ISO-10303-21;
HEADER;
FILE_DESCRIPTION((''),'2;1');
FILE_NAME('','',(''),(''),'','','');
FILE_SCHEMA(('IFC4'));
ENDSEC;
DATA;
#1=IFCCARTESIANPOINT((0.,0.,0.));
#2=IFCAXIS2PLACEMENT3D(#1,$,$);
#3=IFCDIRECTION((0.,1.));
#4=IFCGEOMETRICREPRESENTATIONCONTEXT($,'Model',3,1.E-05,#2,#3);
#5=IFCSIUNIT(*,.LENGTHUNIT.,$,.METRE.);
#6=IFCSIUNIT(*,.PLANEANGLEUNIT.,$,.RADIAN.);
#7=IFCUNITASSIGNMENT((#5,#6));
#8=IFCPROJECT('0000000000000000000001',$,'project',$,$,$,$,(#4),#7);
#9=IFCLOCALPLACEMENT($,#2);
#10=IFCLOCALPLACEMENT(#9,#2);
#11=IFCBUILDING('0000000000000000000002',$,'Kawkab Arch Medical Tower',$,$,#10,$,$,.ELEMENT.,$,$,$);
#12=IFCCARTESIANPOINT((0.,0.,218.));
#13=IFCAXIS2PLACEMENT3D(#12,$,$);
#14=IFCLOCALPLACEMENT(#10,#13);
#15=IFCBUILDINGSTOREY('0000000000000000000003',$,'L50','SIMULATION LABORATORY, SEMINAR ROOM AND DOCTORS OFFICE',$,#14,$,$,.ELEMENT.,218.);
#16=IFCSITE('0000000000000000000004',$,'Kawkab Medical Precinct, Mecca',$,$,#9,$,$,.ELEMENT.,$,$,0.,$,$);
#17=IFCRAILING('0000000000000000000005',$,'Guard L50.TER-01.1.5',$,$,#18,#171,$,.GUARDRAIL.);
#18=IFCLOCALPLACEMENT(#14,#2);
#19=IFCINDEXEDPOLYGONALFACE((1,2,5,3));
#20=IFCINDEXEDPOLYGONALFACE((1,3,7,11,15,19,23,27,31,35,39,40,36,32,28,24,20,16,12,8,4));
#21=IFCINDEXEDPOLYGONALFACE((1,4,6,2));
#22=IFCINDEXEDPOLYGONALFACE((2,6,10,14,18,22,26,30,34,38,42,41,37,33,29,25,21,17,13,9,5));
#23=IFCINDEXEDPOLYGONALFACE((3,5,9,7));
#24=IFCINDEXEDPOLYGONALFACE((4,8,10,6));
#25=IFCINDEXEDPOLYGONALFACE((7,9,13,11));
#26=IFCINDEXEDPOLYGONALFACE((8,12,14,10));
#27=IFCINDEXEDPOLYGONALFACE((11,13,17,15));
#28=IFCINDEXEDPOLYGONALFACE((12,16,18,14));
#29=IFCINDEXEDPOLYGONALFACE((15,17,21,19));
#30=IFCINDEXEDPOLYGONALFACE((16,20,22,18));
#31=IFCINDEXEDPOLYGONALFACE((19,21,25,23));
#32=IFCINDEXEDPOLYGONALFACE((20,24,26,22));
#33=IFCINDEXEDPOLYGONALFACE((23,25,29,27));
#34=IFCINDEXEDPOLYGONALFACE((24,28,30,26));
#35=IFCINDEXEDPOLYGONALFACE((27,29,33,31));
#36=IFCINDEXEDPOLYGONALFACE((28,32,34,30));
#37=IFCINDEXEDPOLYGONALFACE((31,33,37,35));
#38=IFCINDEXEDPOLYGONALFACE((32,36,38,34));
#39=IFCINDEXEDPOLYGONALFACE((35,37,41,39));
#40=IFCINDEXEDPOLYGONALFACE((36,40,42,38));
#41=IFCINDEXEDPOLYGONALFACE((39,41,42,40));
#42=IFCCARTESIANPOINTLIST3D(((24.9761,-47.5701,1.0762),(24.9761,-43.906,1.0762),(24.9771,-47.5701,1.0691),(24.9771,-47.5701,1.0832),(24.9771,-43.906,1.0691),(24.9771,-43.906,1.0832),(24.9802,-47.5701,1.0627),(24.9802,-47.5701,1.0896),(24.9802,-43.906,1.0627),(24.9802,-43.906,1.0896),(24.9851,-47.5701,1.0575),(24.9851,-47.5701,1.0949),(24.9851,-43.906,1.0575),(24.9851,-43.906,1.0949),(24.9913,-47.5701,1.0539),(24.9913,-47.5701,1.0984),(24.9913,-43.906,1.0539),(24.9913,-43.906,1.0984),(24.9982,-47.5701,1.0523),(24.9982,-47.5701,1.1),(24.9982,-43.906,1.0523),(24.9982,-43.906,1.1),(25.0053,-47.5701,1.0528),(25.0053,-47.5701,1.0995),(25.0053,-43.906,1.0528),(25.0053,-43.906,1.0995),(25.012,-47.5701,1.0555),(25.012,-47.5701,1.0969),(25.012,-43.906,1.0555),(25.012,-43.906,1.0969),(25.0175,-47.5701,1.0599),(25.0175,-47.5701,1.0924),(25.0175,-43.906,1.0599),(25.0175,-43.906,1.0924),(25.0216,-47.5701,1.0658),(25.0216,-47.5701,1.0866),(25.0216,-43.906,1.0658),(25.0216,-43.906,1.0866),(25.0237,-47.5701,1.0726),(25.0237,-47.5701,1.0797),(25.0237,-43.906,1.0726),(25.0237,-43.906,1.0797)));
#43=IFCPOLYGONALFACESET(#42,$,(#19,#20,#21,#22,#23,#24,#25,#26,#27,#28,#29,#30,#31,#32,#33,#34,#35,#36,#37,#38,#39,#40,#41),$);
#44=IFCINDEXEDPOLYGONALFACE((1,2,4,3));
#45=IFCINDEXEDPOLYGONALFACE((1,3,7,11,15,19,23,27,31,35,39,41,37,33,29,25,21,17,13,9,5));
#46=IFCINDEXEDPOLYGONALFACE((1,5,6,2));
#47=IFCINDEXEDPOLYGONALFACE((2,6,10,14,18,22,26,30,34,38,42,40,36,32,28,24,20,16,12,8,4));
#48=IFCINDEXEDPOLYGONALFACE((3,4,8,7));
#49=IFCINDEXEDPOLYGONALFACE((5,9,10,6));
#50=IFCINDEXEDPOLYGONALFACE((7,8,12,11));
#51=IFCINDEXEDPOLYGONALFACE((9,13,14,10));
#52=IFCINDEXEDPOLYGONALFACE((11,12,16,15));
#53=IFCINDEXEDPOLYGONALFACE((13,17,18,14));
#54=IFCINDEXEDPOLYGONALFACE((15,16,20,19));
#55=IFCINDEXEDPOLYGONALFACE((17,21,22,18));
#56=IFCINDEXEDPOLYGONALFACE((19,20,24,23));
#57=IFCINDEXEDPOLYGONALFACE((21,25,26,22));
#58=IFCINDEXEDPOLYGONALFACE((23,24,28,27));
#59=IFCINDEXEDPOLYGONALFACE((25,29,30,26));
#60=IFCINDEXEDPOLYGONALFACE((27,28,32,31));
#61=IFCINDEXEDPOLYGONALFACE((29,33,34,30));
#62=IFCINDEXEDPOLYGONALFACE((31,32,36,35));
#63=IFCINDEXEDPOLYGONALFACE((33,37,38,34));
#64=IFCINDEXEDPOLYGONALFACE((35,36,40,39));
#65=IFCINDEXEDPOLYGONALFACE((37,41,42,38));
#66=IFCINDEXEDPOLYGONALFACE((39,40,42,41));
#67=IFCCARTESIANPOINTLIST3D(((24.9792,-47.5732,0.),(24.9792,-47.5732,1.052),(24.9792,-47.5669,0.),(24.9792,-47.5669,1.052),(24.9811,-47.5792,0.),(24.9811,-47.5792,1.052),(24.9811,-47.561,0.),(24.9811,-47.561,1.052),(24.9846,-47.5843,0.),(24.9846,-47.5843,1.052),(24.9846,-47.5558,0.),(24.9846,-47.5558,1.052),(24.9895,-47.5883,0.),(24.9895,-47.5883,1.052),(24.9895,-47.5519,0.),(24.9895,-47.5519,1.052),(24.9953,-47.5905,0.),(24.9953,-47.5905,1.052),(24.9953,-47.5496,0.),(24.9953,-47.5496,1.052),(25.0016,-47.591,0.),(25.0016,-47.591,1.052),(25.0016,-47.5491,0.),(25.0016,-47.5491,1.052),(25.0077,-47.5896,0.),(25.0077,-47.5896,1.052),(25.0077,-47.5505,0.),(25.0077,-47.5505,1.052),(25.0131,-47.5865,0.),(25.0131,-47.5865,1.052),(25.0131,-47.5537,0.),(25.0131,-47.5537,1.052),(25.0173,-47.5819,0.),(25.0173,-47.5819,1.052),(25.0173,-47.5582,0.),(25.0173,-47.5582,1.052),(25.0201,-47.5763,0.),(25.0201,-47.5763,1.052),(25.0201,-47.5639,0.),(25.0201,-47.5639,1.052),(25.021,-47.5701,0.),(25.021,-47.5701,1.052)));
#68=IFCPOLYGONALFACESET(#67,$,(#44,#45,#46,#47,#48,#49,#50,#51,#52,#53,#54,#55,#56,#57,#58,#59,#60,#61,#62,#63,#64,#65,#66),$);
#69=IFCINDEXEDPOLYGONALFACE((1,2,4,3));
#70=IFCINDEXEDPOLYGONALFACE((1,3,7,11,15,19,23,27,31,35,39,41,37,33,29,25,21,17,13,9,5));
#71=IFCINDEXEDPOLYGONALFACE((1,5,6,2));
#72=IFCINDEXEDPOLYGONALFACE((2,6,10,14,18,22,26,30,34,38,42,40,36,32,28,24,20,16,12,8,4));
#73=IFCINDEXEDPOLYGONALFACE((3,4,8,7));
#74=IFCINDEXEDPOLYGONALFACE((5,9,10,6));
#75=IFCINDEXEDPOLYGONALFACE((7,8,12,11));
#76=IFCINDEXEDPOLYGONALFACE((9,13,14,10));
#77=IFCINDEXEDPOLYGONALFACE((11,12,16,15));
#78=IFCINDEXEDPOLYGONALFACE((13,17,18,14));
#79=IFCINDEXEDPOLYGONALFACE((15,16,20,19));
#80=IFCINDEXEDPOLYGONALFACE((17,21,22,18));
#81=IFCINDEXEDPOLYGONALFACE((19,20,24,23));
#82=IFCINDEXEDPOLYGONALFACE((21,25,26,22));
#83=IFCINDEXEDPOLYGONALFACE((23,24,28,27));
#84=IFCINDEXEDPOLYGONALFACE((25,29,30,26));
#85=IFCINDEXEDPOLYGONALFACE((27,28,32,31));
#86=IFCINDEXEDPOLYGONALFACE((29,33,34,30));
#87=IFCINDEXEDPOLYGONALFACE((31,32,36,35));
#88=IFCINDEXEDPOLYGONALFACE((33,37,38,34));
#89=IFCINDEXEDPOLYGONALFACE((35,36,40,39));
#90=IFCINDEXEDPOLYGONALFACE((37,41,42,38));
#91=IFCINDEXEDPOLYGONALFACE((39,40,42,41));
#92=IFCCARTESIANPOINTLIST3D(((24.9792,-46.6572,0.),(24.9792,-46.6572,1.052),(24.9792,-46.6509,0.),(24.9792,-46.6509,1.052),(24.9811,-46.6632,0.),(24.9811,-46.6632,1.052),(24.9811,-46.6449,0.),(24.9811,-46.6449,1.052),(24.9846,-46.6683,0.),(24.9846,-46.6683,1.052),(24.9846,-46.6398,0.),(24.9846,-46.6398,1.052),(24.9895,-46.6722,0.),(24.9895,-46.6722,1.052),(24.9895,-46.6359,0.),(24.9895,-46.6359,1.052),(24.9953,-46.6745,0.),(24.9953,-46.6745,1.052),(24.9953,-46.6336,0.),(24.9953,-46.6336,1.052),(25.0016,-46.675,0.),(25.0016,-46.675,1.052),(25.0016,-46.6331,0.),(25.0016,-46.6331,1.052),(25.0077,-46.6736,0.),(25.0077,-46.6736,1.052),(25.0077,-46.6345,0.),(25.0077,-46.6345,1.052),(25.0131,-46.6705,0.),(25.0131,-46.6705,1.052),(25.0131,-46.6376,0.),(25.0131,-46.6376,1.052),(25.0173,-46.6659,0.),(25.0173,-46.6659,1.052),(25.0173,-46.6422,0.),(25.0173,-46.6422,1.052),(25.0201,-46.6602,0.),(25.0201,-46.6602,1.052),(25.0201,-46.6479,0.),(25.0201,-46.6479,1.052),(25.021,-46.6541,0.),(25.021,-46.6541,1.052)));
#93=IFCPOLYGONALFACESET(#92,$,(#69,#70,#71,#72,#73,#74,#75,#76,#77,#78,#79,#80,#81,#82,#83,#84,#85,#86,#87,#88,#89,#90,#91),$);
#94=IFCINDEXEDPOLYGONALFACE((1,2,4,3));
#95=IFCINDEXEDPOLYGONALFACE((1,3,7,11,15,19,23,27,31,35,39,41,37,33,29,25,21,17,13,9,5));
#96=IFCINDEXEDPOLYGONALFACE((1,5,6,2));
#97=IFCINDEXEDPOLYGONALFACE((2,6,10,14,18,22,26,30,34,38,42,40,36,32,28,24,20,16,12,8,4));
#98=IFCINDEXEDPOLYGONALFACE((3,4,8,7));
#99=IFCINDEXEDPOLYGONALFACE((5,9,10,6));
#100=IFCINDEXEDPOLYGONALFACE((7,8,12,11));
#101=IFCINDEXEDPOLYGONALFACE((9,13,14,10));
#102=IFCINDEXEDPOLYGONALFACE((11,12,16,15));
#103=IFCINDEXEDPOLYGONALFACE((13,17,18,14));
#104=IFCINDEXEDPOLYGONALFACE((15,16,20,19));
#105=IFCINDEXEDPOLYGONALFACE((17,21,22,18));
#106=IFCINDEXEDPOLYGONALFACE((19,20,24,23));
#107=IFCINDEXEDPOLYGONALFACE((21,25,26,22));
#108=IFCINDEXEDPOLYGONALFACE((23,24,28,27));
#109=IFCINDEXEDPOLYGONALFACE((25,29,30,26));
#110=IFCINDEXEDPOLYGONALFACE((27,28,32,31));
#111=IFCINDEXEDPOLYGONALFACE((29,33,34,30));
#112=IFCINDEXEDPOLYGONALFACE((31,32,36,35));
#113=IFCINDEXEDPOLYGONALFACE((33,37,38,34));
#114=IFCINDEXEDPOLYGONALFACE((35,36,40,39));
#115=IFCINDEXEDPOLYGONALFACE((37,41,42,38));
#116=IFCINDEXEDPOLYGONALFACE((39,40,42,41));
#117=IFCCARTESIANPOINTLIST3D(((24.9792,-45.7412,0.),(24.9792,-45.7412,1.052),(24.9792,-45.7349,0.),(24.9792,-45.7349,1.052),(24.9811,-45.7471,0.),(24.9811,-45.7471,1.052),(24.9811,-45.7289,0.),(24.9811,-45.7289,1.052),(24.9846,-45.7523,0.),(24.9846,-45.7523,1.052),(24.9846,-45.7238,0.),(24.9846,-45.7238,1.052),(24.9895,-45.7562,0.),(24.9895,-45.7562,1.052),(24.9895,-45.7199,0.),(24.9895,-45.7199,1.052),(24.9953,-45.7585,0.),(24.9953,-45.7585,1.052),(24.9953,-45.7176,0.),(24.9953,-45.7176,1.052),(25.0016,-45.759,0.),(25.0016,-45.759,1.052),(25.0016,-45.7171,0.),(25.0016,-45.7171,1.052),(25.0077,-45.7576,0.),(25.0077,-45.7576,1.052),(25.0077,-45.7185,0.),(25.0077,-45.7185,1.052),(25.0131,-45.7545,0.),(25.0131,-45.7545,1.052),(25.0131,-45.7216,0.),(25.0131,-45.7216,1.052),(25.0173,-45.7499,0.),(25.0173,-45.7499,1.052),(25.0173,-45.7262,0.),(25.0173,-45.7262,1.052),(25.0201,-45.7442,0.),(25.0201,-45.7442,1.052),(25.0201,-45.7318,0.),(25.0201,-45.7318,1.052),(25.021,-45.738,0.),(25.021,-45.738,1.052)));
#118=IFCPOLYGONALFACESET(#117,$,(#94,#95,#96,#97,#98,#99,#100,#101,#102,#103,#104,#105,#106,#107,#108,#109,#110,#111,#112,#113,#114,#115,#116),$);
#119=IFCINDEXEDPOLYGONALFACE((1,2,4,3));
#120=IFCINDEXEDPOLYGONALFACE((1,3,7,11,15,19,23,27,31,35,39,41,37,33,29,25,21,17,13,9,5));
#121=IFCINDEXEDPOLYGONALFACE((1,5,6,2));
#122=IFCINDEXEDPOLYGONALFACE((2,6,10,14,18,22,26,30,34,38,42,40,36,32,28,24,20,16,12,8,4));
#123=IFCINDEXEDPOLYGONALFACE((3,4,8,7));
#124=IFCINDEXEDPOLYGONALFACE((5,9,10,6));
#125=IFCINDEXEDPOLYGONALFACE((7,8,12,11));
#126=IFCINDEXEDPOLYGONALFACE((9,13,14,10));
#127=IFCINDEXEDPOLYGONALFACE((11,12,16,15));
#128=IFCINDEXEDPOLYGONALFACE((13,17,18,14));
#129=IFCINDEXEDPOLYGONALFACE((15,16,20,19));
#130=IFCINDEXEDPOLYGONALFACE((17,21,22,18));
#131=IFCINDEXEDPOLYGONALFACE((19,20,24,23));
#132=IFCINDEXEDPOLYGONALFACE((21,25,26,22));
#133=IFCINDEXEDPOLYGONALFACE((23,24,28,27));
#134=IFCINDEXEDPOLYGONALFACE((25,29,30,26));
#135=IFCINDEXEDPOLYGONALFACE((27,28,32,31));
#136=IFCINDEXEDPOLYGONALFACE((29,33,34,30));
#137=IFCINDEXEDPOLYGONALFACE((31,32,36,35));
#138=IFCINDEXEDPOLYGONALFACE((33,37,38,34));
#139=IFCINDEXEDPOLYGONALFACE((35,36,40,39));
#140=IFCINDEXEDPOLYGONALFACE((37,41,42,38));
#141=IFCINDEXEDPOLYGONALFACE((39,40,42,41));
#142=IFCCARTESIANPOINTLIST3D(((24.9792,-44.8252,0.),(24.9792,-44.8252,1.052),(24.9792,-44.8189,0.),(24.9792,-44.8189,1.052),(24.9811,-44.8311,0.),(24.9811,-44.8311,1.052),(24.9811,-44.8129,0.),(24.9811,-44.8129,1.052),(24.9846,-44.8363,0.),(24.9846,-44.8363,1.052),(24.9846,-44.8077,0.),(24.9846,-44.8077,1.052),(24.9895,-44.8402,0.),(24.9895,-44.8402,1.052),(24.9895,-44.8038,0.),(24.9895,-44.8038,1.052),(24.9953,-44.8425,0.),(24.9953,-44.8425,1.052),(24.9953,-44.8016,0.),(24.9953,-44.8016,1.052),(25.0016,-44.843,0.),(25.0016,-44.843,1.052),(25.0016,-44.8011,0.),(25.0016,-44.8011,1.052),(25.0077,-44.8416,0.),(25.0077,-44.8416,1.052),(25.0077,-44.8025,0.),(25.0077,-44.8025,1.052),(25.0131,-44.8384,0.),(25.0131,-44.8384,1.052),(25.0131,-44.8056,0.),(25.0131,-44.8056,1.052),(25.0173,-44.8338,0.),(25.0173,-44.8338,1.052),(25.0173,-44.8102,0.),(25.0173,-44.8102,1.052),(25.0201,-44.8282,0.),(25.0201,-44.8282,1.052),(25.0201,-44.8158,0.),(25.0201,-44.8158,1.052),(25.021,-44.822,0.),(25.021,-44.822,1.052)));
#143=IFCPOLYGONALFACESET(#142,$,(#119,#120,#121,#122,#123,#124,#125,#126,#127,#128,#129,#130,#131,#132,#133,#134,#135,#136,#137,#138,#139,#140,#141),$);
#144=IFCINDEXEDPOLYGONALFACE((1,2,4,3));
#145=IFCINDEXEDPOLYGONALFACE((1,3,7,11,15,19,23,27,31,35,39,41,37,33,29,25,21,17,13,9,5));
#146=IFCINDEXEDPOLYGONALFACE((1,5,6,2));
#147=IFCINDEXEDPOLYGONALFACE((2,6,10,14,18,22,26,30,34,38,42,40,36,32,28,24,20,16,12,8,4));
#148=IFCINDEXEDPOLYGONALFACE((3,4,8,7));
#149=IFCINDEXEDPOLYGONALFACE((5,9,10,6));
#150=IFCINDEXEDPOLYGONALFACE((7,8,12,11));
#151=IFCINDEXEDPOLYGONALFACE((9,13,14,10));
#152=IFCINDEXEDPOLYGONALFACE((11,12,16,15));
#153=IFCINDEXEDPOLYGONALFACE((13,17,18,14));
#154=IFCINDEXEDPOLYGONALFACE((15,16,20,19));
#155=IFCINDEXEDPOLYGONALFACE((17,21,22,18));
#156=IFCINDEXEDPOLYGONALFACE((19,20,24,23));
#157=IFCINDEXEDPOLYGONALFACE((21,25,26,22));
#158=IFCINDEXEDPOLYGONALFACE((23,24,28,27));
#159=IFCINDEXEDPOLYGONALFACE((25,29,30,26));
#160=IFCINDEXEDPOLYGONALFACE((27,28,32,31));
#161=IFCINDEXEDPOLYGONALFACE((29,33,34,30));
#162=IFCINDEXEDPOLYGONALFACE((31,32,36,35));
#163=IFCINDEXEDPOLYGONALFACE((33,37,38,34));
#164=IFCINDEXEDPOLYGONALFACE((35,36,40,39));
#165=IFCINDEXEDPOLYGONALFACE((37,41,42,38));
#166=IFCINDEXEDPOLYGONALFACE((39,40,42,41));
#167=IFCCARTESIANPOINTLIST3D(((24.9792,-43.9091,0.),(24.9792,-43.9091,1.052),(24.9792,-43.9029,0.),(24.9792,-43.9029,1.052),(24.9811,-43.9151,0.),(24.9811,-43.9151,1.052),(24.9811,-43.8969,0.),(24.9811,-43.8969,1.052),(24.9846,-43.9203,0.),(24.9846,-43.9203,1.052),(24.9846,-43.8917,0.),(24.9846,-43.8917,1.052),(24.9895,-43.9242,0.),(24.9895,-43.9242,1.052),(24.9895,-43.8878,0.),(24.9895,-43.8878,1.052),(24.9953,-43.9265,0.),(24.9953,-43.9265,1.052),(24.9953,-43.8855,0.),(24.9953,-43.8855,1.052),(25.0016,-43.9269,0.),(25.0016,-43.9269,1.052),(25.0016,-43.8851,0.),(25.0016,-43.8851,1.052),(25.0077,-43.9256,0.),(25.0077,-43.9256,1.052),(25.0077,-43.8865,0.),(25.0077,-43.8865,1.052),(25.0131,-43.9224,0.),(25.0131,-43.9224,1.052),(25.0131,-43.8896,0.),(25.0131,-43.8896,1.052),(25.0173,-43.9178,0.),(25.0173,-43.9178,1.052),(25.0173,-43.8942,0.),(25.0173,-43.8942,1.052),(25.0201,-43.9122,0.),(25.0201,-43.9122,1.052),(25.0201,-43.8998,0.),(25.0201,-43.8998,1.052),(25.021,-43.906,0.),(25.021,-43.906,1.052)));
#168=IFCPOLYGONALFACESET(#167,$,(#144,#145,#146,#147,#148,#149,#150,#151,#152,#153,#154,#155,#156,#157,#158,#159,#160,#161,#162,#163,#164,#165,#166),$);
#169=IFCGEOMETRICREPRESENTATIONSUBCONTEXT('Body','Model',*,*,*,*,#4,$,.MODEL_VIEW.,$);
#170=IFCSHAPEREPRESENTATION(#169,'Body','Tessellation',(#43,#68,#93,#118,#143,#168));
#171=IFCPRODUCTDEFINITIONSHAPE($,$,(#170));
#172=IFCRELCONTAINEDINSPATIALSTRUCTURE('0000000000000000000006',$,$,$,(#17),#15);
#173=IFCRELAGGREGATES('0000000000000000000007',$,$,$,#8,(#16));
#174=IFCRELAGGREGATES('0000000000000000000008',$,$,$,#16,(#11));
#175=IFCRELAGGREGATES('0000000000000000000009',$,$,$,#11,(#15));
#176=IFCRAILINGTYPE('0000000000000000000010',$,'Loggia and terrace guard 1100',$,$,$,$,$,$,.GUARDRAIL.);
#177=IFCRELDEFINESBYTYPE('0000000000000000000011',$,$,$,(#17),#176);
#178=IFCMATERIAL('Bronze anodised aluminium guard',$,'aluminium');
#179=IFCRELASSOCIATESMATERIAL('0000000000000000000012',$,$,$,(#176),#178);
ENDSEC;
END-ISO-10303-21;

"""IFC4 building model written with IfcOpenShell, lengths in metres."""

from ifc_helpers import new_model, si_unit, direction, frame, origin, origin_2d, place, context, subcontext, project, spatial, circle, extrude, material, type_object, element, save


model = new_model("IFC4")

# Units and contexts
model_context = context("Model", 3, precision=1e-05, world=origin(), true_north=direction((0.0, 1.0)))
body_context = subcontext(model_context, "Body", "Model", "MODEL_VIEW")
ifc_project = project(units=[si_unit("LENGTHUNIT", "METRE"), si_unit("PLANEANGLEUNIT", "RADIAN")], contexts=[model_context])

# Site, building, storey
site_placement = place(None, origin())
site = spatial("IfcSite", under=ifc_project, at=site_placement, Name="Kawkab Medical Precinct, Mecca", CompositionType="ELEMENT", RefElevation=0.0)
building_placement = place(site_placement, origin())
building = spatial("IfcBuilding", under=site, at=building_placement, Name="Kawkab Arch Medical Tower", CompositionType="ELEMENT")
storey_placement = place(building_placement, frame((0.0, 0.0, 218.0)))
storey = spatial("IfcBuildingStorey", under=building, at=storey_placement, Name="L50", Description="SIMULATION LABORATORY, SEMINAR ROOM AND DOCTORS OFFICE", CompositionType="ELEMENT", Elevation=218.0)

# Railing
ifc_material_1 = material(Name="Bronze anodised aluminium guard", Category="aluminium")
railing_type_1 = type_object("IfcRailingType", Name="Loggia and terrace guard 1100", PredefinedType="GUARDRAIL", material=ifc_material_1)
railing_1_placement = place(storey_placement, frame((25.0, -47.5701, 0.0)))
element("IfcRailing", 1, at=railing_1_placement, inside=storey, type_object=railing_type_1, Name="Guard L50.TER-01.1.5", PredefinedType="GUARDRAIL", context=body_context, shape_type="SweptSolid", body=[
    extrude(circle(Radius=0.0239, at=origin_2d()), frame((0.0, 0.0, 1.0762), z_axis=(0.0, 1.0, 0.0), x_axis=(-1.0, 0.0, 0.0)), (0.0, 0.0, 1.0), 3.6641),
    extrude(circle(Radius=0.021, at=origin_2d()), origin(), (0.0, 0.0, 1.0), 1.052),
    extrude(circle(Radius=0.021, at=origin_2d()), frame((0.0, 0.916, 0.0)), (0.0, 0.0, 1.0), 1.052),
    extrude(circle(Radius=0.021, at=origin_2d()), frame((0.0, 1.832, 0.0)), (0.0, 0.0, 1.0), 1.052),
    extrude(circle(Radius=0.021, at=origin_2d()), frame((0.0, 2.748, 0.0)), (0.0, 0.0, 1.0), 1.052),
    extrude(circle(Radius=0.021, at=origin_2d()), frame((0.0, 3.6641, 0.0)), (0.0, 0.0, 1.0), 1.052),
])

save(model, "model.ifc")
